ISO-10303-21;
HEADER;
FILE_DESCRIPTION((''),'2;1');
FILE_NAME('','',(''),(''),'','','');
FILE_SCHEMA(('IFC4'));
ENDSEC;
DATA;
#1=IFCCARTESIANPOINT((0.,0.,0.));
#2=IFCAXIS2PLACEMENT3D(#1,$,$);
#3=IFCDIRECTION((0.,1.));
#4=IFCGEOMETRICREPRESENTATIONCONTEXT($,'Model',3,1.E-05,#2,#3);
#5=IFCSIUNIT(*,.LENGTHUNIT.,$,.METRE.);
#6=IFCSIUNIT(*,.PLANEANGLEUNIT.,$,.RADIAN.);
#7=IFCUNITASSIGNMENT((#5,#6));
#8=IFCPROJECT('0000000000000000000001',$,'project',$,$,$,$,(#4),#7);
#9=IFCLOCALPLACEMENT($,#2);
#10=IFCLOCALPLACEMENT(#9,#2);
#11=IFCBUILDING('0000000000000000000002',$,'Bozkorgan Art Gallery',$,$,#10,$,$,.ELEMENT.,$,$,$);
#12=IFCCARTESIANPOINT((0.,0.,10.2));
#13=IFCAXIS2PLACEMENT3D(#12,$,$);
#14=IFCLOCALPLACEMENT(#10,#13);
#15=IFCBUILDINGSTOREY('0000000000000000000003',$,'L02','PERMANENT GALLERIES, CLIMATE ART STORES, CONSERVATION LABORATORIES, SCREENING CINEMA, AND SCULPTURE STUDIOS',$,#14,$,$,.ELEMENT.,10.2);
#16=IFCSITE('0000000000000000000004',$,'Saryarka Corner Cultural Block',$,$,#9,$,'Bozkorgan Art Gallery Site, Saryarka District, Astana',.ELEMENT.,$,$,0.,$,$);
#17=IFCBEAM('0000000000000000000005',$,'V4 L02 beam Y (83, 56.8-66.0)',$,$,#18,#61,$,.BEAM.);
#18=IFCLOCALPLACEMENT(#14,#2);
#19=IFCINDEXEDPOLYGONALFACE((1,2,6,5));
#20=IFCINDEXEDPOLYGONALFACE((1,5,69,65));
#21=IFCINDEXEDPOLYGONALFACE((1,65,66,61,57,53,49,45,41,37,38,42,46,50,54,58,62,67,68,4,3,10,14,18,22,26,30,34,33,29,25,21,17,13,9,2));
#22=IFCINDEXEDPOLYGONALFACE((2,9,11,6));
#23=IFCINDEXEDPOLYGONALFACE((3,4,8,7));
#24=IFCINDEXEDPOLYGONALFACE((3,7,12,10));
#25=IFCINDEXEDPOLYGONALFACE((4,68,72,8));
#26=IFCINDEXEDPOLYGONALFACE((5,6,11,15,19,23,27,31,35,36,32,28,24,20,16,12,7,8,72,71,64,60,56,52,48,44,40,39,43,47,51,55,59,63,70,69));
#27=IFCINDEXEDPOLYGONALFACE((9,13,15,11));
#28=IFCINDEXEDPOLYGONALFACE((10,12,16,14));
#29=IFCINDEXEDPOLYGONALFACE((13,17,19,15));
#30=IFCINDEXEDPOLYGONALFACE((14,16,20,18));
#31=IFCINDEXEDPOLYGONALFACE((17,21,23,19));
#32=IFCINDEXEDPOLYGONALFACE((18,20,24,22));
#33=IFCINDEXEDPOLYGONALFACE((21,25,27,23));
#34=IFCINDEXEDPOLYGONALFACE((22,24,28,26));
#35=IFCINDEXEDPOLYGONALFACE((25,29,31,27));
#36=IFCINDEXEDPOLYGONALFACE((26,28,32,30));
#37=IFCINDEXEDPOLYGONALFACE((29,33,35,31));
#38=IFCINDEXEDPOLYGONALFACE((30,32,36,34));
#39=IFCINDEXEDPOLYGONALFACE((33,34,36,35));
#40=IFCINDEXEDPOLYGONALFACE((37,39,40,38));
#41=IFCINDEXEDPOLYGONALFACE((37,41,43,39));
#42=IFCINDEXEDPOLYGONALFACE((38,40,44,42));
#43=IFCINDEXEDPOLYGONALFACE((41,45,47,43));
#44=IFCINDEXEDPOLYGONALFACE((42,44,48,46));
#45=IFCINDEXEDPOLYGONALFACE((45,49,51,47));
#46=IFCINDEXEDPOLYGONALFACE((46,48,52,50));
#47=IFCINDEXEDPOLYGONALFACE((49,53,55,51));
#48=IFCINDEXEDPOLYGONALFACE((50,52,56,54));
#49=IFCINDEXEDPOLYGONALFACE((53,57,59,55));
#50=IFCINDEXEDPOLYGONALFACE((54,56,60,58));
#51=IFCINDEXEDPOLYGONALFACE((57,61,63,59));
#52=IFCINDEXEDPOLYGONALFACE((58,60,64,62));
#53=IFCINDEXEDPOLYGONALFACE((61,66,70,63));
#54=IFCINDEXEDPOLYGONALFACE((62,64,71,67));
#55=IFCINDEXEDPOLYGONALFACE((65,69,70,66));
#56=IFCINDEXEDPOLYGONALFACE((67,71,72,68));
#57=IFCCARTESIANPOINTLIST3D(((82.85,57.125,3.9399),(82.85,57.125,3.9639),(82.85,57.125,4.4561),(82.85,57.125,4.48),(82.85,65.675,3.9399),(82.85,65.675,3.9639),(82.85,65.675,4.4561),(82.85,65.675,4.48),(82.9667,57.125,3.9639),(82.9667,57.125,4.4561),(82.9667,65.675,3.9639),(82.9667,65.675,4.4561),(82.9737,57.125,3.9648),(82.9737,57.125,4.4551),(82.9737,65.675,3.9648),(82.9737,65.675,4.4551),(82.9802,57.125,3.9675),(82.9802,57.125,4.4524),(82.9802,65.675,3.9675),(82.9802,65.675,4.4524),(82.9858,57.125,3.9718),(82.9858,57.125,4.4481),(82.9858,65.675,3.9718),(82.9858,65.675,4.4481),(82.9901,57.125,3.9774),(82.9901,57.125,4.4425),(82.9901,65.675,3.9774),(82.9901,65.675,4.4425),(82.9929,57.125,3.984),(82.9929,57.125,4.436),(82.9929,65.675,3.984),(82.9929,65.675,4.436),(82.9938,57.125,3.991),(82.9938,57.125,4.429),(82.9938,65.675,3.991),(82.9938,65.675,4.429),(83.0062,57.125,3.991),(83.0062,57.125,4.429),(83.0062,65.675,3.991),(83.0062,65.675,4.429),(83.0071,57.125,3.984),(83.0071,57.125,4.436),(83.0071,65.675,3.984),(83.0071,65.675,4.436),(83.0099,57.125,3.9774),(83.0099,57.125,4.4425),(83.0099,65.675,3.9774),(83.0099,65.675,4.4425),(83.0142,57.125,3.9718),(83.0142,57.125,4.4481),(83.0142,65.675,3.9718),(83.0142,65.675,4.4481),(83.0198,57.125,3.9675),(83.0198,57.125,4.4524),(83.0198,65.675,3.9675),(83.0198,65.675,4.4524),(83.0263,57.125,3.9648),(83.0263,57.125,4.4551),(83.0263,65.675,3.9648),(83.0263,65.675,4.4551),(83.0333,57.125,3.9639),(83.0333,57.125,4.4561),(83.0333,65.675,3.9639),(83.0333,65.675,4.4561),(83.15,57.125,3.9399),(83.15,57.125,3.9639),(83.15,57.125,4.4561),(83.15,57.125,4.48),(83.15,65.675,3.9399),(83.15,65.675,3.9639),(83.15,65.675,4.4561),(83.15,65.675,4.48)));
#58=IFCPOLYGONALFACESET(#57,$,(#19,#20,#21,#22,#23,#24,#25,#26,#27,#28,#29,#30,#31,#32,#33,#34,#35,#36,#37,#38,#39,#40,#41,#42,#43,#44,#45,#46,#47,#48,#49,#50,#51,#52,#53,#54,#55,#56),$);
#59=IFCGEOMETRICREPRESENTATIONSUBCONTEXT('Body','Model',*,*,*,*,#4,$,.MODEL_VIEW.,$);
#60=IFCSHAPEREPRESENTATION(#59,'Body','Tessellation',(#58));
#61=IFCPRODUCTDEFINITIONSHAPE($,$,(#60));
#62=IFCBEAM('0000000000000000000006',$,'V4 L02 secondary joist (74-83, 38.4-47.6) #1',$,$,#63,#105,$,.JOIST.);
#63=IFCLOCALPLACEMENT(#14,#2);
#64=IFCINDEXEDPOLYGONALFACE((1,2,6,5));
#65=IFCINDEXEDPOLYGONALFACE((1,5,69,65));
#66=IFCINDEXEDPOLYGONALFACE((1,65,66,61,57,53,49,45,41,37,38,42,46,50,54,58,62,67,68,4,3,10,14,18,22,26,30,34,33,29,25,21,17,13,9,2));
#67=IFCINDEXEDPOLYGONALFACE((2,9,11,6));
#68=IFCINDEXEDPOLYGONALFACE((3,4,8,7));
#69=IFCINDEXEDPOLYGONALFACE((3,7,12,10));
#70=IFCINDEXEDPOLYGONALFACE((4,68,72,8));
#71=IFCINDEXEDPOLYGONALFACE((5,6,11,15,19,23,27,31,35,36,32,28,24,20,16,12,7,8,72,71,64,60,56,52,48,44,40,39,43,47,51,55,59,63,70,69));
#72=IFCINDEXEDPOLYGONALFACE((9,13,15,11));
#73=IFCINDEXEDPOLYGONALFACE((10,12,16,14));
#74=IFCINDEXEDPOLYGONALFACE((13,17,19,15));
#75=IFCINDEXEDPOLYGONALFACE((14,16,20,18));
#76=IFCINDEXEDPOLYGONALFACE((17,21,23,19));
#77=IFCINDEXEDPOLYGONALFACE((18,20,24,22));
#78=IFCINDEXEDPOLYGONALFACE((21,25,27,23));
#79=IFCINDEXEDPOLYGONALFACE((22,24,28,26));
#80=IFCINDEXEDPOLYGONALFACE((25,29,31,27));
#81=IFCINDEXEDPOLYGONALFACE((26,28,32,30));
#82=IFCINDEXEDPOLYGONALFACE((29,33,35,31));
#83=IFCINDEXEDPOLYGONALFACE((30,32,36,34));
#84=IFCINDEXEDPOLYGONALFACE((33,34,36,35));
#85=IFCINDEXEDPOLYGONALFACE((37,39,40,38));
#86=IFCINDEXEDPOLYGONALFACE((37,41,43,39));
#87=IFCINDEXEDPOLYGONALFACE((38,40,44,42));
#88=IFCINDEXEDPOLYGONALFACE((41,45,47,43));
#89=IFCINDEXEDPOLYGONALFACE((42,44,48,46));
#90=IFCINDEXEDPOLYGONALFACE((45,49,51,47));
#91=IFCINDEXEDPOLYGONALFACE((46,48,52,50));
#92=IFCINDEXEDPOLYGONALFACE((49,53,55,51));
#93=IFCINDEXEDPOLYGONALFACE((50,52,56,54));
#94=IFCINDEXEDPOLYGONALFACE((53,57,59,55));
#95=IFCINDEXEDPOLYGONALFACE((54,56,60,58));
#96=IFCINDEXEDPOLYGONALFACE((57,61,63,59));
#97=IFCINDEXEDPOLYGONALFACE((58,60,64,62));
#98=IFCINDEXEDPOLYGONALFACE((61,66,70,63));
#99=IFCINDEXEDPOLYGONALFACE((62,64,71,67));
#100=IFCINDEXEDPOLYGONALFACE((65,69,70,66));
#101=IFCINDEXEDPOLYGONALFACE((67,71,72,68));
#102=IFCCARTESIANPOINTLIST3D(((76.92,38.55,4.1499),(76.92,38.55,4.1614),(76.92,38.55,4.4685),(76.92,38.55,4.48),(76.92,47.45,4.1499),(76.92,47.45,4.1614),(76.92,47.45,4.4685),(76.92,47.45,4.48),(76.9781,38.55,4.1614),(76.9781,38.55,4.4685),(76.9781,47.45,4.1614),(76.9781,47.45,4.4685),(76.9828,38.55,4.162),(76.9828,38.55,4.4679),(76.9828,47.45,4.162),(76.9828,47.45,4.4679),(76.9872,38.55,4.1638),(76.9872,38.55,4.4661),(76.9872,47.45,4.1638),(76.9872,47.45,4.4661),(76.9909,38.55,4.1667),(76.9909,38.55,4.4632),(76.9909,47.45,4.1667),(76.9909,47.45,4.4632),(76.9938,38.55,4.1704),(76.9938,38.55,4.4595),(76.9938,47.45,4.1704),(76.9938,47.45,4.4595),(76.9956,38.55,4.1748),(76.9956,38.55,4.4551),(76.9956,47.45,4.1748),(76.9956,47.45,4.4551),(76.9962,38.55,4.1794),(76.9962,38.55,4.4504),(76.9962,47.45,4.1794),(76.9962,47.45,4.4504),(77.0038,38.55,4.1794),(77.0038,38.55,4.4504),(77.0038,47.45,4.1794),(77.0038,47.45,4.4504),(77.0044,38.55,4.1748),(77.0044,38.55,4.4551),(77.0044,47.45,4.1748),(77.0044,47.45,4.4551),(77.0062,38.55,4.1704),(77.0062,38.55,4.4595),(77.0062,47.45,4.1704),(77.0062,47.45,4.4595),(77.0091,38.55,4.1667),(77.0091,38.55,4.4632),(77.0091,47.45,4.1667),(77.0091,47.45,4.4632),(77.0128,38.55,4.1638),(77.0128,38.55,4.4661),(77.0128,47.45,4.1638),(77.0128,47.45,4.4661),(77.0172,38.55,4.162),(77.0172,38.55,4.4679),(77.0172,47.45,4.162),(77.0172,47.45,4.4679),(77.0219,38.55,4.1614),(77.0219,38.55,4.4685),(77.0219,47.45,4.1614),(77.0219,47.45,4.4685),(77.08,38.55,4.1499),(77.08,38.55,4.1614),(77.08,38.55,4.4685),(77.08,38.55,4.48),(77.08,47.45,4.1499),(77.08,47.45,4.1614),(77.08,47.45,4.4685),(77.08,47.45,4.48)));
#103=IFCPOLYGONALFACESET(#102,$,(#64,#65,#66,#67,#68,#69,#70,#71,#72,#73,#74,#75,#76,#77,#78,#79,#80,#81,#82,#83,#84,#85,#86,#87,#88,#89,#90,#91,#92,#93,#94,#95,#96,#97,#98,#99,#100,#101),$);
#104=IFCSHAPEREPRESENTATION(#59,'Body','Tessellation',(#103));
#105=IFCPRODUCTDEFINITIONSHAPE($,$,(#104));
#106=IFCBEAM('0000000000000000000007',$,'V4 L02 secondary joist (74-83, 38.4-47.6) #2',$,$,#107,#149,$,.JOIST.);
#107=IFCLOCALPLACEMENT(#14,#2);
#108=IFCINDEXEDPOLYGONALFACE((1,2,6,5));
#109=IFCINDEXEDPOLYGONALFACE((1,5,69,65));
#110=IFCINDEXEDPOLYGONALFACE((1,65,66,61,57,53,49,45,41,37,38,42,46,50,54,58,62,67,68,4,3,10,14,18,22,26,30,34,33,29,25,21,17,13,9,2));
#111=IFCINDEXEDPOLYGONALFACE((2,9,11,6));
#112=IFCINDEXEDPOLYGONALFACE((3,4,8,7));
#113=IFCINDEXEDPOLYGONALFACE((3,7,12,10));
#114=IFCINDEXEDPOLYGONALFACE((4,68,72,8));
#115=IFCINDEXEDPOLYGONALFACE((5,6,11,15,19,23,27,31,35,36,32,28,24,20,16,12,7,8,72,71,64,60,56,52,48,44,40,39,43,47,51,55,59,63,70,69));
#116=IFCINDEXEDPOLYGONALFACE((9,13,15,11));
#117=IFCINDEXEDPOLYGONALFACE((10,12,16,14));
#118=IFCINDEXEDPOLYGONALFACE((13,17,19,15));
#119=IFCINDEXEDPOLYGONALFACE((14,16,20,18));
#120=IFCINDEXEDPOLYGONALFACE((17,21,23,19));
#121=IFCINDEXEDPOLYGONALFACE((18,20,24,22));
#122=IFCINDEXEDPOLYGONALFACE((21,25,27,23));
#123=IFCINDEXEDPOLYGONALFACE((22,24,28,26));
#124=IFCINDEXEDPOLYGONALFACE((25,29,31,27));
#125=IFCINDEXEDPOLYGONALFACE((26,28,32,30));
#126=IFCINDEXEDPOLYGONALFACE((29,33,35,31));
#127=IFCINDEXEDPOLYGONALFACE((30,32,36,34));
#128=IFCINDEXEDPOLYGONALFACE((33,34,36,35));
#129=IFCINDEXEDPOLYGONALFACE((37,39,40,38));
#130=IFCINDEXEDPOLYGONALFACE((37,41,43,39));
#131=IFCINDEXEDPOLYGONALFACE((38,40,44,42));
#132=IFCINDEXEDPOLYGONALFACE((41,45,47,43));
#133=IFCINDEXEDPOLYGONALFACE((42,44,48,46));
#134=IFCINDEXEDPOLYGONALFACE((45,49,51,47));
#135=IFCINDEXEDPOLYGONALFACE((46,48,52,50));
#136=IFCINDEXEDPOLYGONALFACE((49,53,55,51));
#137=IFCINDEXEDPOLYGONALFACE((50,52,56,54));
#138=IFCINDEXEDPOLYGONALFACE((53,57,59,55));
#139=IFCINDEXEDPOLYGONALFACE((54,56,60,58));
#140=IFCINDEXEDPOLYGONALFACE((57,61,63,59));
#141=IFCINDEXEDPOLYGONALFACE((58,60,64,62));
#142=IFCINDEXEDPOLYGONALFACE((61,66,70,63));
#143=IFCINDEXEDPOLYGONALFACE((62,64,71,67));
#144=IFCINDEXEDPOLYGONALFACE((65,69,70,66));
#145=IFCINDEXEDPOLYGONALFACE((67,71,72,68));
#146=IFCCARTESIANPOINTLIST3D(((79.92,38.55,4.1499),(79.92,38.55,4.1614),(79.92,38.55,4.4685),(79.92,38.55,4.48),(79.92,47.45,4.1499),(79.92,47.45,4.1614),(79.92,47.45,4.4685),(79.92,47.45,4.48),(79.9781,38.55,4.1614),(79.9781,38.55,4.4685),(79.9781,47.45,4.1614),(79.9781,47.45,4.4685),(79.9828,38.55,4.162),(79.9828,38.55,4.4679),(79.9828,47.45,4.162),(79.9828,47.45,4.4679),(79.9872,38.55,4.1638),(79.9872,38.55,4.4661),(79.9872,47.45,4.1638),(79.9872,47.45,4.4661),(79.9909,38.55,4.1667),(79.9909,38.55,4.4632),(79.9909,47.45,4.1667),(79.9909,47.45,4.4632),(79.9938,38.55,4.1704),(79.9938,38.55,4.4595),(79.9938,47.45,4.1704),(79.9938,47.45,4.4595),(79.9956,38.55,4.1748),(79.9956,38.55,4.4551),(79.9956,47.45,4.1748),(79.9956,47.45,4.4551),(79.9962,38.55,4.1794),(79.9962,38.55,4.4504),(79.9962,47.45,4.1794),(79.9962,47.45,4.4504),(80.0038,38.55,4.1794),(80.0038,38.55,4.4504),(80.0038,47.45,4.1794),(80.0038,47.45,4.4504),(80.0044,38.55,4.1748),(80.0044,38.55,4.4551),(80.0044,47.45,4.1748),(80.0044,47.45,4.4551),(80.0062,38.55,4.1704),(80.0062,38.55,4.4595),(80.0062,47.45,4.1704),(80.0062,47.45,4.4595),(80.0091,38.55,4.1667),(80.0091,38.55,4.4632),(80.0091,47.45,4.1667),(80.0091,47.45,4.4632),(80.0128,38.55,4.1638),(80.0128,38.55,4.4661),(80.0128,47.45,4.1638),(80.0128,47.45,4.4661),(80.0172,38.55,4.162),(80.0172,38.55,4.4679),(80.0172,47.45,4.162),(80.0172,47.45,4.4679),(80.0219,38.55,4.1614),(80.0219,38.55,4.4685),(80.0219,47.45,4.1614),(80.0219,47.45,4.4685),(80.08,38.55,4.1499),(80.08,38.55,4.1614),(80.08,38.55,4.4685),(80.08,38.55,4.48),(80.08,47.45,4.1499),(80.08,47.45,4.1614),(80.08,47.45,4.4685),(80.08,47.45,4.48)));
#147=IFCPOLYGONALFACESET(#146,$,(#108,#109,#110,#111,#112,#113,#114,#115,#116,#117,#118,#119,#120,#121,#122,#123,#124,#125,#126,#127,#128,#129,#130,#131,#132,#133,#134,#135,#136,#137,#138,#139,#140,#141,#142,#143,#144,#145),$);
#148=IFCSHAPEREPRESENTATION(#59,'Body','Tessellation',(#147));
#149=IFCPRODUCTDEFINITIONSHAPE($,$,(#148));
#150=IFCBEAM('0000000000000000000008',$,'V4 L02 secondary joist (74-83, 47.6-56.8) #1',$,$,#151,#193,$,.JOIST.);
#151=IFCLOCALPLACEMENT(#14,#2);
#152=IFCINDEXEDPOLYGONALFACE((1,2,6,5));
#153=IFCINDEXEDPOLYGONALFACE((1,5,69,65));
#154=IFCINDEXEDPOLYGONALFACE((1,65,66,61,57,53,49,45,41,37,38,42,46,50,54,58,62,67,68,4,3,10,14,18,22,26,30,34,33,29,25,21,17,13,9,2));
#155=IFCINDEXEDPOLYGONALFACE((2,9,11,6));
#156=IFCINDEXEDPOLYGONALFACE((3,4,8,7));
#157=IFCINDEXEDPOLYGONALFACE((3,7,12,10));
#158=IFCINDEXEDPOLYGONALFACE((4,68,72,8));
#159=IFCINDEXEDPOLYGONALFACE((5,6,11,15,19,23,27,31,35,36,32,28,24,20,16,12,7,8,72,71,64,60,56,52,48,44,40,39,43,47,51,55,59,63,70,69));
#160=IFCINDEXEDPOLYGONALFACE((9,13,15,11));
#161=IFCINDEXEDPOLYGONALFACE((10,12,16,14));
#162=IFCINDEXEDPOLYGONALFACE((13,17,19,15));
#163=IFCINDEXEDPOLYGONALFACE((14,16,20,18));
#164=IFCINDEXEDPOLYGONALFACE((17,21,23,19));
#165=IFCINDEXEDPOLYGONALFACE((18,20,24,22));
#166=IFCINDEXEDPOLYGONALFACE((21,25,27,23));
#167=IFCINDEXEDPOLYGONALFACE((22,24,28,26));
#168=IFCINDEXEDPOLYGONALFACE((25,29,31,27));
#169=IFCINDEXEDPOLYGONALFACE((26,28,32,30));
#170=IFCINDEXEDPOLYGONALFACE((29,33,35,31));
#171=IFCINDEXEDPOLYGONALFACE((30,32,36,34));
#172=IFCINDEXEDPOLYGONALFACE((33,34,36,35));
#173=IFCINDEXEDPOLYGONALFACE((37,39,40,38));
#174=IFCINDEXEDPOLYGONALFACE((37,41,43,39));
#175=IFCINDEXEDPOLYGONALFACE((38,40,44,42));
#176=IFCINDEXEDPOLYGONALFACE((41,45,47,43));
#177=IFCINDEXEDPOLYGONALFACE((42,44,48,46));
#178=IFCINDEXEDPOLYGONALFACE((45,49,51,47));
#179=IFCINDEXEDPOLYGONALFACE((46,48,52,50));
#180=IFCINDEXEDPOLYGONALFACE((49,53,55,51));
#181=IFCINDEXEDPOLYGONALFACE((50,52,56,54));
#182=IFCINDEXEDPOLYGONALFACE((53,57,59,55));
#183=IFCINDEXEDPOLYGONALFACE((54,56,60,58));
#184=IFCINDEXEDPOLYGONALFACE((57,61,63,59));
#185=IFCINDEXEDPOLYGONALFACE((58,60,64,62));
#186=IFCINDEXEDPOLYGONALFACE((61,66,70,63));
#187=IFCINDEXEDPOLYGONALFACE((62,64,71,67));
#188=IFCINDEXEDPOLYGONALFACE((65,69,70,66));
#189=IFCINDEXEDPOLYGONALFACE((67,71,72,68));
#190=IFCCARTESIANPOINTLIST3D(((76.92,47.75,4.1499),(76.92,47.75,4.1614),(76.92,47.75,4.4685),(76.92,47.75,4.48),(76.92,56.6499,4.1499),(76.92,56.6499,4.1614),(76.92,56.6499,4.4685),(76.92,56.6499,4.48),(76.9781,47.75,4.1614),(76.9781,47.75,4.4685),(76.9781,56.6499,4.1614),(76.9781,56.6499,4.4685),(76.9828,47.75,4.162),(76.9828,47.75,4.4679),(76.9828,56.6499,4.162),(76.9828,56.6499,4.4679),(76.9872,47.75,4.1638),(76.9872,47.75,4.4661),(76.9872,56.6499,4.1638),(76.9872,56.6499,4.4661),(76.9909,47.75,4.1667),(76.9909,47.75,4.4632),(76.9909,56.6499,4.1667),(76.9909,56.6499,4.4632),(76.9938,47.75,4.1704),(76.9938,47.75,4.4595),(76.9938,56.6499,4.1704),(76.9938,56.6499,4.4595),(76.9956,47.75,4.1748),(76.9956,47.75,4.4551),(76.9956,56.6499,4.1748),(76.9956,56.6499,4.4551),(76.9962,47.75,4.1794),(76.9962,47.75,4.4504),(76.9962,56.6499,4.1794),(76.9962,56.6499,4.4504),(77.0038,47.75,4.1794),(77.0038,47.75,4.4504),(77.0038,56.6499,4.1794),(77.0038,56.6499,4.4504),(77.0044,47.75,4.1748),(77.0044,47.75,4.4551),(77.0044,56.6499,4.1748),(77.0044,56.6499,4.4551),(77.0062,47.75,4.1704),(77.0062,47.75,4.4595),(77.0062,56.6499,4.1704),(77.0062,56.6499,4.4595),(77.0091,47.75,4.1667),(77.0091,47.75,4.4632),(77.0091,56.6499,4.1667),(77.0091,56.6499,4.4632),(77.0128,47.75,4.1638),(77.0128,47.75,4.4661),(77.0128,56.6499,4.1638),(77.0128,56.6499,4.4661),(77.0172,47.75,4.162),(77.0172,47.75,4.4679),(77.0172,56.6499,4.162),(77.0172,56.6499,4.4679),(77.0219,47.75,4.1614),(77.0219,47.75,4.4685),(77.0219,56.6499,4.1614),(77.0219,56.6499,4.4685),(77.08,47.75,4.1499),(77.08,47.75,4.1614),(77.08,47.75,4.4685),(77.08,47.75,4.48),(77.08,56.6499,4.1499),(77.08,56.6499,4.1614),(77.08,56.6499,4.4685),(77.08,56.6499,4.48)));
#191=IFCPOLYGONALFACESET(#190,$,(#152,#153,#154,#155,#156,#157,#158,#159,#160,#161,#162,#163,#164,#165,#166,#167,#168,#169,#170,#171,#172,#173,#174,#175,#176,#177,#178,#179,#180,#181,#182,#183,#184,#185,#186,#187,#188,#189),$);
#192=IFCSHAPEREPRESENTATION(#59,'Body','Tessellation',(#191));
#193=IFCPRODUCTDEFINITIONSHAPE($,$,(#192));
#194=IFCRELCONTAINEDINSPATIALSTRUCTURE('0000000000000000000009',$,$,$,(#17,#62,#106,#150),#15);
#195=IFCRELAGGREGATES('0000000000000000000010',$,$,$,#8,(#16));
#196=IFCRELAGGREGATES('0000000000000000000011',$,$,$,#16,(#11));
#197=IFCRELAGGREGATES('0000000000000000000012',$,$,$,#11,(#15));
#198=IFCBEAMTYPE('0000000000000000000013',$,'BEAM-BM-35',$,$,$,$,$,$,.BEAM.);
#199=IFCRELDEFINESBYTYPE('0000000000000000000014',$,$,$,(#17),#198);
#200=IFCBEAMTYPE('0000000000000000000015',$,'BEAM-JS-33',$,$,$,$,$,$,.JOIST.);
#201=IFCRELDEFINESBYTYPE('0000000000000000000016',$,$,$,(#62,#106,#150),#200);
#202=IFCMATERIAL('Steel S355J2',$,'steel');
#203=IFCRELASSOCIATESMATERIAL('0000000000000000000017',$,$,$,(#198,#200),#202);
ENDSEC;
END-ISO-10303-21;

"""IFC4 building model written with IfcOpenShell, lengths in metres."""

from ifc_helpers import new_model, si_unit, direction, frame, origin, origin_2d, place, context, subcontext, project, spatial, i_section, extrude, material, material_profile, profile_set, type_object, element, save


model = new_model("IFC4")

# Units and contexts
model_context = context("Model", 3, precision=1e-05, world=origin(), true_north=direction((0.0, 1.0)))
body_context = subcontext(model_context, "Body", "Model", "MODEL_VIEW")
ifc_project = project(units=[si_unit("LENGTHUNIT", "METRE"), si_unit("PLANEANGLEUNIT", "RADIAN")], contexts=[model_context])

# Site, building, storey
site_placement = place(None, origin())
site = spatial("IfcSite", under=ifc_project, at=site_placement, Name="Saryarka Corner Cultural Block", LongName="Bozkorgan Art Gallery Site, Saryarka District, Astana", CompositionType="ELEMENT", RefElevation=0.0)
building_placement = place(site_placement, origin())
building = spatial("IfcBuilding", under=site, at=building_placement, Name="Bozkorgan Art Gallery", CompositionType="ELEMENT")
storey_placement = place(building_placement, frame((0.0, 0.0, 10.2)))
storey = spatial("IfcBuildingStorey", under=building, at=storey_placement, Name="L02", Description="PERMANENT GALLERIES, CLIMATE ART STORES, CONSERVATION LABORATORIES, SCREENING CINEMA, AND SCULPTURE STUDIOS", CompositionType="ELEMENT", Elevation=10.2)

# Beams
ifc_material_1 = material(Name="Steel S355J2", Category="steel")
ifc_material_profile_1 = material_profile(ifc_material_1, i_section(OverallWidth=0.3, OverallDepth=0.54, WebThickness=0.0125, FlangeThickness=0.0239, FilletRadius=0.0271, at=origin_2d()), Name="HEA 550")
ifc_profile_set_1 = profile_set([ifc_material_profile_1], Name="Steel S355J2")
beam_type_1 = type_object("IfcBeamType", Name="BEAM-BM-35", PredefinedType="BEAM", material=ifc_profile_set_1)
for number, where, z_axis, x_axis, name in (
    (1, (83.0, 57.125, 4.21), (0.0, 1.0, 0.0), (-1.0, 0.0, 0.0), "V4 L02 beam Y (83, 56.8-66.0)"),
):
    element("IfcBeam", number, at=place(storey_placement, frame(where, z_axis=z_axis, x_axis=x_axis)), inside=storey, type_object=beam_type_1, Name=name, PredefinedType="BEAM", context=body_context, shape_type="SweptSolid", body=[
        extrude(i_section(OverallWidth=0.3, OverallDepth=0.54, WebThickness=0.0125, FlangeThickness=0.0239, FilletRadius=0.0271, at=origin_2d()), origin(), (0.0, 0.0, 1.0), 8.55),
    ])
ifc_material_profile_2 = material_profile(ifc_material_1, i_section(OverallWidth=0.1599, OverallDepth=0.3301, WebThickness=0.0076, FlangeThickness=0.0115, FilletRadius=0.0181, at=origin_2d()), Name="IPE 330")
ifc_profile_set_2 = profile_set([ifc_material_profile_2], Name="Steel S355J2")
beam_type_2 = type_object("IfcBeamType", Name="BEAM-JS-33", PredefinedType="JOIST", material=ifc_profile_set_2)
for number, where, z_axis, x_axis, name in (
    (2, (77.0, 38.55, 4.3149), (0.0, 1.0, 0.0), (-1.0, 0.0, 0.0), "V4 L02 secondary joist (74-83, 38.4-47.6) #1"),
    (3, (80.0, 38.55, 4.3149), (0.0, 1.0, 0.0), (-1.0, 0.0, 0.0), "V4 L02 secondary joist (74-83, 38.4-47.6) #2"),
    (4, (77.0, 47.75, 4.3149), (0.0, 1.0, 0.0), (-1.0, 0.0, 0.0), "V4 L02 secondary joist (74-83, 47.6-56.8) #1"),
):
    element("IfcBeam", number, at=place(storey_placement, frame(where, z_axis=z_axis, x_axis=x_axis)), inside=storey, type_object=beam_type_2, Name=name, PredefinedType="JOIST", context=body_context, shape_type="SweptSolid", body=[
        extrude(i_section(OverallWidth=0.1599, OverallDepth=0.3301, WebThickness=0.0076, FlangeThickness=0.0115, FilletRadius=0.0181, at=origin_2d()), origin(), (0.0, 0.0, 1.0), 8.8999),
    ])

save(model, "model.ifc")
